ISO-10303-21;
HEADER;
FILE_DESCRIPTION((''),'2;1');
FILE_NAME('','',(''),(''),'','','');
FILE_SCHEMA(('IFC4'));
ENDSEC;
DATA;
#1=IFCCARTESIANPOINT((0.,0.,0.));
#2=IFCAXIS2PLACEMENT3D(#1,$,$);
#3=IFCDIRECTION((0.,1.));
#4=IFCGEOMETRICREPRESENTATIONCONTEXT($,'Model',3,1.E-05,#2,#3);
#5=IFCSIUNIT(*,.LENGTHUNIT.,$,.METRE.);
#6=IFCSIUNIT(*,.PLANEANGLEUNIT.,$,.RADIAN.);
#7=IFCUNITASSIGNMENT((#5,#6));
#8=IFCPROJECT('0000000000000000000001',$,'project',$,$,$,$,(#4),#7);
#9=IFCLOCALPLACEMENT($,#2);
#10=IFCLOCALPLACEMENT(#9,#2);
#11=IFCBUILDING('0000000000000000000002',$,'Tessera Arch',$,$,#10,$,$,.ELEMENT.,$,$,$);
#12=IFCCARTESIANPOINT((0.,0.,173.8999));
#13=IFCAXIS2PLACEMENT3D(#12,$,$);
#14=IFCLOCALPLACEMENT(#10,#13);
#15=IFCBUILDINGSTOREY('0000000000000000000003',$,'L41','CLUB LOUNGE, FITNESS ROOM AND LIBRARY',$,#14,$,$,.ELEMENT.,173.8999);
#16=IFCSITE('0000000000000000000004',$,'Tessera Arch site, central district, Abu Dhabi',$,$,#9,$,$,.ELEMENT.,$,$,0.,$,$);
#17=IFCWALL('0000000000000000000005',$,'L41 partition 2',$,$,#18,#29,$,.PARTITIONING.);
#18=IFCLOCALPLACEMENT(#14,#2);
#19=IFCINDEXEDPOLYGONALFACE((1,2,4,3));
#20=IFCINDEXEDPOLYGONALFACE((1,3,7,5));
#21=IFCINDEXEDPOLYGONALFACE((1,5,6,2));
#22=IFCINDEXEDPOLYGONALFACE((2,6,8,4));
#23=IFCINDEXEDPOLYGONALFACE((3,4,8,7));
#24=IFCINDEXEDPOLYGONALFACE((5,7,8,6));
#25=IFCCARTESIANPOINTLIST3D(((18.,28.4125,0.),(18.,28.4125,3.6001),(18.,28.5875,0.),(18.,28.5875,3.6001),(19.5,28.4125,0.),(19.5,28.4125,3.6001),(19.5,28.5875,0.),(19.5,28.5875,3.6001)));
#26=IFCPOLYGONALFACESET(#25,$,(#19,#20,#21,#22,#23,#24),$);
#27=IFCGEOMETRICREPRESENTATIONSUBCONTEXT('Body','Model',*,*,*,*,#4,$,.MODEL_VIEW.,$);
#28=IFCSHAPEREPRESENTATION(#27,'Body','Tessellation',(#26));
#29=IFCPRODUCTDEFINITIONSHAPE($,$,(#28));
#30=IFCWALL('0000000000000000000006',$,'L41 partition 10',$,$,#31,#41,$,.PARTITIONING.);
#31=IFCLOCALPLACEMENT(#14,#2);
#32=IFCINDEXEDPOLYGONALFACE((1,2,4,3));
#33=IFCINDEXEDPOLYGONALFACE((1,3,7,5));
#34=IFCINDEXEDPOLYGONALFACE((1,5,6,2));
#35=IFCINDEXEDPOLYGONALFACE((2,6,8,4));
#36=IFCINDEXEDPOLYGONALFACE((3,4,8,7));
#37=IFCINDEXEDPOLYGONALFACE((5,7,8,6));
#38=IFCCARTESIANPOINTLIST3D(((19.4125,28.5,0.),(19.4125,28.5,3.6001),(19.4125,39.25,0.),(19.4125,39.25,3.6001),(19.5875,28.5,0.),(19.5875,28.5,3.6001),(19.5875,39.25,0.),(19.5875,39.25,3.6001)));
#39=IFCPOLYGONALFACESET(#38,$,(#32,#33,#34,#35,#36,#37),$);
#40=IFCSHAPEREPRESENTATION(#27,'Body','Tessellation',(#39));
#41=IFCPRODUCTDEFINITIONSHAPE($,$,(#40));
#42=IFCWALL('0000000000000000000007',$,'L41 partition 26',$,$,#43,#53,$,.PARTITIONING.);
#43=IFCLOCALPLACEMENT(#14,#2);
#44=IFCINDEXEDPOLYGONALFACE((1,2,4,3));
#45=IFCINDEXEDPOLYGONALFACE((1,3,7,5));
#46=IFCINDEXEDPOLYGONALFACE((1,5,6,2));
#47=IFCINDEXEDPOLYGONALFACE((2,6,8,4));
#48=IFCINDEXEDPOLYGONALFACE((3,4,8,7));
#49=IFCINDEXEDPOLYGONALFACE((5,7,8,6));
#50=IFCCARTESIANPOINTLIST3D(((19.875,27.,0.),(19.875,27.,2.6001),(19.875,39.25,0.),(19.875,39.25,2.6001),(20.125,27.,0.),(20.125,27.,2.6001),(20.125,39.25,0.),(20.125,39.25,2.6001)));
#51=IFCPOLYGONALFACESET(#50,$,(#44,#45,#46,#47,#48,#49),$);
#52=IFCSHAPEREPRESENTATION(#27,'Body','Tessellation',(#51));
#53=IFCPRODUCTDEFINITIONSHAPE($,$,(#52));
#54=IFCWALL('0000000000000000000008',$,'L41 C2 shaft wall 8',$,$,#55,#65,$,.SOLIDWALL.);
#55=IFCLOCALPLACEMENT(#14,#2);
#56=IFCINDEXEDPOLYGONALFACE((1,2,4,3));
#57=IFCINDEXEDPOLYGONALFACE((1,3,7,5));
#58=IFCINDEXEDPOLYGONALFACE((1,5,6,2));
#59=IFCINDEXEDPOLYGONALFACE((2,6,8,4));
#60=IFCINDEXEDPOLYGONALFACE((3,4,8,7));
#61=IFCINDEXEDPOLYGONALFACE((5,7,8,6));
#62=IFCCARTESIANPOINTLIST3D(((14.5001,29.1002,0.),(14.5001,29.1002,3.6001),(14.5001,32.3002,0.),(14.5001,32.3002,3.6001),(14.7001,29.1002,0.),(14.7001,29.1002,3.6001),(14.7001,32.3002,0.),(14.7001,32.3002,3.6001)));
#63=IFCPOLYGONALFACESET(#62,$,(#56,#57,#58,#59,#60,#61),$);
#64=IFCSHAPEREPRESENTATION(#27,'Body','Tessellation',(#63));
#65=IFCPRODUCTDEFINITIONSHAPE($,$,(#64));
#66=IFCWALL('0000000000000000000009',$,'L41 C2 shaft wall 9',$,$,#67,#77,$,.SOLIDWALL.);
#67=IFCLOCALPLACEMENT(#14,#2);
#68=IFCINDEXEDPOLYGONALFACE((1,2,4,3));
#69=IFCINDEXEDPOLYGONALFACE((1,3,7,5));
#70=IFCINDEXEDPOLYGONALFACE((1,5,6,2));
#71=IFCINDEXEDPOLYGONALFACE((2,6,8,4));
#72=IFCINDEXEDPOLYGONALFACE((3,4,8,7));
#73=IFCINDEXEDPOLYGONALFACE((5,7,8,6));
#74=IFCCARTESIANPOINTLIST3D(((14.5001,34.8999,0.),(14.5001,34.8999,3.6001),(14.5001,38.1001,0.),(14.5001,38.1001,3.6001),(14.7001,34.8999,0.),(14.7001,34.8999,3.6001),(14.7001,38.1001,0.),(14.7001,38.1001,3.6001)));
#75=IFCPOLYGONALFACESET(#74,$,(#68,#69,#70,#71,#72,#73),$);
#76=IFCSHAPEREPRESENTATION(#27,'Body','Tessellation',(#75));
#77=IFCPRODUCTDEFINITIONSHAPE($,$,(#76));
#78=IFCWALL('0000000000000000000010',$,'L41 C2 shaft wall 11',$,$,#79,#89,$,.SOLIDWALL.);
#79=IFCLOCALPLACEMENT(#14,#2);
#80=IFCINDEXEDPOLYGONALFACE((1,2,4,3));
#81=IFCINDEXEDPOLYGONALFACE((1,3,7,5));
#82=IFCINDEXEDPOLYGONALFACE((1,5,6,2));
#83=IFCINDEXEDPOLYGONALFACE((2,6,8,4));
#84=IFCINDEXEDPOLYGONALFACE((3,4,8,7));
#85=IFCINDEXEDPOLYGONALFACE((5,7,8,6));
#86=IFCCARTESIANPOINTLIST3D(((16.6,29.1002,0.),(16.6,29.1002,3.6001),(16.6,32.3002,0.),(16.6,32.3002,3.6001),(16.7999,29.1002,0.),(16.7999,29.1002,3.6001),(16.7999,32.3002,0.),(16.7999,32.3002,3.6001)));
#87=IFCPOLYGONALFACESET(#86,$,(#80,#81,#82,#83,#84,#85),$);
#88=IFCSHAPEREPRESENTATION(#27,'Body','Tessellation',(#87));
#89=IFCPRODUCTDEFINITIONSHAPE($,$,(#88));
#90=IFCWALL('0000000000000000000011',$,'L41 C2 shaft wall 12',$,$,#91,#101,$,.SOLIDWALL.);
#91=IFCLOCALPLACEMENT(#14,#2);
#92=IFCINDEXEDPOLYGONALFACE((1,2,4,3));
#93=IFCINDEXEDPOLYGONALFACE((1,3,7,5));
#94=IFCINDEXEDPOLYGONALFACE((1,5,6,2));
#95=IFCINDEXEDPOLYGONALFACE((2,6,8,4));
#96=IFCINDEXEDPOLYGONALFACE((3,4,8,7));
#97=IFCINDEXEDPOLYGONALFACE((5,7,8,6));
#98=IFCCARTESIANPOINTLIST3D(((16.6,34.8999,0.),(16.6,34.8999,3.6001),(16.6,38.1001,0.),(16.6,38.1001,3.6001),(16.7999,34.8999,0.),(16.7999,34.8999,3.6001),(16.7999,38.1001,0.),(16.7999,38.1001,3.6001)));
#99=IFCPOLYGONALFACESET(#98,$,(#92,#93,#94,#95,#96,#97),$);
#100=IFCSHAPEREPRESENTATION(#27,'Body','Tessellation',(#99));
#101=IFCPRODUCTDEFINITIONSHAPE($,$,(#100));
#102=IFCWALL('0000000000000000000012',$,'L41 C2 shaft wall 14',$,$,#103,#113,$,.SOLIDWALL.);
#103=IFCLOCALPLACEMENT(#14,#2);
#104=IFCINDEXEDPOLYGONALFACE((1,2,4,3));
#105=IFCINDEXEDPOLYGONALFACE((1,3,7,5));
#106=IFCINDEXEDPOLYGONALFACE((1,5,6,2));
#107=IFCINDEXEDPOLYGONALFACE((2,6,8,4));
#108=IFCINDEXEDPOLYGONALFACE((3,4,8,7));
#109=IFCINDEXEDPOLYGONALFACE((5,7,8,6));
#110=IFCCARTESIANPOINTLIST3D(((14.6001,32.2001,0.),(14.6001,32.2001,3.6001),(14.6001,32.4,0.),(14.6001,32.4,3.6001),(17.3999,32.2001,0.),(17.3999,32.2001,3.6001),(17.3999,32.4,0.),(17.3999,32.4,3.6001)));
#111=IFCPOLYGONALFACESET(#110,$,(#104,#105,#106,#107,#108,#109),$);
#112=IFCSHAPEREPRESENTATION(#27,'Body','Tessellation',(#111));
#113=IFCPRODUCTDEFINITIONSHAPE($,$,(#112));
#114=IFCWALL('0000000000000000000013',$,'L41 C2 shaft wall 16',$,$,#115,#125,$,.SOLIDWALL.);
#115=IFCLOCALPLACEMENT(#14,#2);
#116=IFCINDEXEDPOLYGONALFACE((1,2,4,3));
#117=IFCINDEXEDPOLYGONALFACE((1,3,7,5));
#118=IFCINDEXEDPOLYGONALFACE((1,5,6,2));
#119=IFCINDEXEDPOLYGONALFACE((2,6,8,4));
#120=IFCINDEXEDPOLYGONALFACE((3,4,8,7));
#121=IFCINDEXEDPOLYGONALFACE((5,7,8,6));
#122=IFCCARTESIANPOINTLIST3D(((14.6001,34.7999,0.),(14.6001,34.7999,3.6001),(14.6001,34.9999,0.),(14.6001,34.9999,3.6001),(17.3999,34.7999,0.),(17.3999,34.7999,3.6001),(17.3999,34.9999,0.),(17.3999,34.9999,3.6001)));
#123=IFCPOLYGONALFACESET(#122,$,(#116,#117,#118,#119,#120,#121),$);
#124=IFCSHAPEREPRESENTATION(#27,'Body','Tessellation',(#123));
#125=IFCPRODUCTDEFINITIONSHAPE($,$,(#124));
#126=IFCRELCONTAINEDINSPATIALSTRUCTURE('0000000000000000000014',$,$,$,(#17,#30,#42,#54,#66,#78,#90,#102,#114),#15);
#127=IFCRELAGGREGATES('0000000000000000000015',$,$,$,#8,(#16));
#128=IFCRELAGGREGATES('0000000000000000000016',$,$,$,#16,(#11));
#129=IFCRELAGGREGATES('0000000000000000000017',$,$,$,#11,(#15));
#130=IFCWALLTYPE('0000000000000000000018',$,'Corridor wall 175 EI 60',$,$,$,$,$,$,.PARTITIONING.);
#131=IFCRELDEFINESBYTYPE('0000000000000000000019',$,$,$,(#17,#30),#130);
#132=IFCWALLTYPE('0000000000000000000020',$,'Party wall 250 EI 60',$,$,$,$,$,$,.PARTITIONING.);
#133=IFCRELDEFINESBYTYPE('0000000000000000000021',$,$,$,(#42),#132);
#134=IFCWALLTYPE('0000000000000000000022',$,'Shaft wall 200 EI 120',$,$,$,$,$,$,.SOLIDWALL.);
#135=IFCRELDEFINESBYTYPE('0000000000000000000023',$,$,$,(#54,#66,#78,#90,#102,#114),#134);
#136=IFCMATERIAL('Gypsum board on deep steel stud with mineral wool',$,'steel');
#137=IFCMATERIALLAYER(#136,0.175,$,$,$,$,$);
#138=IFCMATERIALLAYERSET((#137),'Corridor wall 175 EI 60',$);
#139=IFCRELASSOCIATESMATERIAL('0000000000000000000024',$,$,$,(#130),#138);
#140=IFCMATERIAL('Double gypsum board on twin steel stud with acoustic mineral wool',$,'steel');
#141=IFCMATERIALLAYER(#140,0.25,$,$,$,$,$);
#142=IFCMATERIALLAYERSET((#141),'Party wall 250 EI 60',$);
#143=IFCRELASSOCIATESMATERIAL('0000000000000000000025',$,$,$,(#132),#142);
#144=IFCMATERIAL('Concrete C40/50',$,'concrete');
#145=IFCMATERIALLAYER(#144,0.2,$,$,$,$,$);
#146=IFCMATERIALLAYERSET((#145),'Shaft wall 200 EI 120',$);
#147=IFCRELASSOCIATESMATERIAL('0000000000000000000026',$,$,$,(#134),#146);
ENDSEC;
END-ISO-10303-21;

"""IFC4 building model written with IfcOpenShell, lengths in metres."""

from ifc_helpers import new_model, si_unit, direction, frame, frame_2d, origin, place, context, subcontext, project, spatial, rectangle, extrude, material, layer, layer_set, type_object, element, save


model = new_model("IFC4")

# Units and contexts
model_context = context("Model", 3, precision=1e-05, world=origin(), true_north=direction((0.0, 1.0)))
body_context = subcontext(model_context, "Body", "Model", "MODEL_VIEW")
ifc_project = project(units=[si_unit("LENGTHUNIT", "METRE"), si_unit("PLANEANGLEUNIT", "RADIAN")], contexts=[model_context])

# Site, building, storey
site_placement = place(None, origin())
site = spatial("IfcSite", under=ifc_project, at=site_placement, Name="Tessera Arch site, central district, Abu Dhabi", CompositionType="ELEMENT", RefElevation=0.0)
building_placement = place(site_placement, origin())
building = spatial("IfcBuilding", under=site, at=building_placement, Name="Tessera Arch", CompositionType="ELEMENT")
storey_placement = place(building_placement, frame((0.0, 0.0, 173.8999)))
storey = spatial("IfcBuildingStorey", under=building, at=storey_placement, Name="L41", Description="CLUB LOUNGE, FITNESS ROOM AND LIBRARY", CompositionType="ELEMENT", Elevation=173.8999)

# Walls
ifc_material_1 = material(Name="Gypsum board on deep steel stud with mineral wool", Category="steel")
ifc_layer_1 = layer(ifc_material_1, 0.175)
ifc_layer_set_1 = layer_set([ifc_layer_1], Name="Corridor wall 175 EI 60")
wall_type_1 = type_object("IfcWallType", Name="Corridor wall 175 EI 60", PredefinedType="PARTITIONING", material=ifc_layer_set_1)
wall_1_placement = place(storey_placement, frame((18.0, 28.5, 0.0), z_axis=(0.0, 0.0, 1.0), x_axis=(1.0, 0.0, 0.0)))
element("IfcWall", 1, at=wall_1_placement, inside=storey, type_object=wall_type_1, Name="L41 partition 2", PredefinedType="PARTITIONING", context=body_context, shape_type="SweptSolid", body=[
    extrude(rectangle(XDim=1.5, YDim=0.175, at=frame_2d((0.75, 0.0))), origin(), (0.0, 0.0, 1.0), 3.6001),
])
wall_2_placement = place(storey_placement, frame((19.5, 28.5, 0.0), z_axis=(0.0, 0.0, 1.0), x_axis=(0.0, 1.0, 0.0)))
element("IfcWall", 2, at=wall_2_placement, inside=storey, type_object=wall_type_1, Name="L41 partition 10", PredefinedType="PARTITIONING", context=body_context, shape_type="SweptSolid", body=[
    extrude(rectangle(XDim=10.75, YDim=0.175, at=frame_2d((5.375, 0.0))), origin(), (0.0, 0.0, 1.0), 3.6001),
])
ifc_material_2 = material(Name="Double gypsum board on twin steel stud with acoustic mineral wool", Category="steel")
ifc_layer_2 = layer(ifc_material_2, 0.25)
ifc_layer_set_2 = layer_set([ifc_layer_2], Name="Party wall 250 EI 60")
wall_type_2 = type_object("IfcWallType", Name="Party wall 250 EI 60", PredefinedType="PARTITIONING", material=ifc_layer_set_2)
wall_3_placement = place(storey_placement, frame((20.0, 27.0, 0.0), z_axis=(0.0, 0.0, 1.0), x_axis=(0.0, 1.0, 0.0)))
element("IfcWall", 3, at=wall_3_placement, inside=storey, type_object=wall_type_2, Name="L41 partition 26", PredefinedType="PARTITIONING", context=body_context, shape_type="SweptSolid", body=[
    extrude(rectangle(XDim=12.25, YDim=0.25, at=frame_2d((6.125, 0.0))), origin(), (0.0, 0.0, 1.0), 2.6001),
])
ifc_material_3 = material(Name="Concrete C40/50", Category="concrete")
ifc_layer_3 = layer(ifc_material_3, 0.2)
ifc_layer_set_3 = layer_set([ifc_layer_3], Name="Shaft wall 200 EI 120")
wall_type_3 = type_object("IfcWallType", Name="Shaft wall 200 EI 120", PredefinedType="SOLIDWALL", material=ifc_layer_set_3)
wall_4_placement = place(storey_placement, frame((14.6001, 29.1001, 0.0), z_axis=(0.0, 0.0, 1.0), x_axis=(0.0, 1.0, 0.0)))
element("IfcWall", 4, at=wall_4_placement, inside=storey, type_object=wall_type_3, Name="L41 C2 shaft wall 8", PredefinedType="SOLIDWALL", context=body_context, shape_type="SweptSolid", body=[
    extrude(rectangle(XDim=3.2, YDim=0.2, at=frame_2d((1.6001, 0.0))), origin(), (0.0, 0.0, 1.0), 3.6001),
])
wall_5_placement = place(storey_placement, frame((14.6001, 34.8999, 0.0), z_axis=(0.0, 0.0, 1.0), x_axis=(0.0, 1.0, 0.0)))
element("IfcWall", 5, at=wall_5_placement, inside=storey, type_object=wall_type_3, Name="L41 C2 shaft wall 9", PredefinedType="SOLIDWALL", context=body_context, shape_type="SweptSolid", body=[
    extrude(rectangle(XDim=3.2002, YDim=0.2, at=frame_2d((1.6001, 0.0))), origin(), (0.0, 0.0, 1.0), 3.6001),
])
wall_6_placement = place(storey_placement, frame((16.7, 29.1001, 0.0), z_axis=(0.0, 0.0, 1.0), x_axis=(0.0, 1.0, 0.0)))
element("IfcWall", 6, at=wall_6_placement, inside=storey, type_object=wall_type_3, Name="L41 C2 shaft wall 11", PredefinedType="SOLIDWALL", context=body_context, shape_type="SweptSolid", body=[
    extrude(rectangle(XDim=3.2, YDim=0.2, at=frame_2d((1.6001, 0.0))), origin(), (0.0, 0.0, 1.0), 3.6001),
])
wall_7_placement = place(storey_placement, frame((16.7, 34.8999, 0.0), z_axis=(0.0, 0.0, 1.0), x_axis=(0.0, 1.0, 0.0)))
element("IfcWall", 7, at=wall_7_placement, inside=storey, type_object=wall_type_3, Name="L41 C2 shaft wall 12", PredefinedType="SOLIDWALL", context=body_context, shape_type="SweptSolid", body=[
    extrude(rectangle(XDim=3.2002, YDim=0.2, at=frame_2d((1.6001, 0.0))), origin(), (0.0, 0.0, 1.0), 3.6001),
])
for number, where, z_axis, x_axis, name in (
    (8, (14.6001, 32.3, 0.0), (0.0, 0.0, 1.0), (1.0, 0.0, 0.0), "L41 C2 shaft wall 14"),
    (9, (14.6001, 34.8999, 0.0), (0.0, 0.0, 1.0), (1.0, 0.0, 0.0), "L41 C2 shaft wall 16"),
):
    element("IfcWall", number, at=place(storey_placement, frame(where, z_axis=z_axis, x_axis=x_axis)), inside=storey, type_object=wall_type_3, Name=name, PredefinedType="SOLIDWALL", context=body_context, shape_type="SweptSolid", body=[
        extrude(rectangle(XDim=2.7998, YDim=0.2, at=frame_2d((1.3999, 0.0))), origin(), (0.0, 0.0, 1.0), 3.6001),
    ])

save(model, "model.ifc")
